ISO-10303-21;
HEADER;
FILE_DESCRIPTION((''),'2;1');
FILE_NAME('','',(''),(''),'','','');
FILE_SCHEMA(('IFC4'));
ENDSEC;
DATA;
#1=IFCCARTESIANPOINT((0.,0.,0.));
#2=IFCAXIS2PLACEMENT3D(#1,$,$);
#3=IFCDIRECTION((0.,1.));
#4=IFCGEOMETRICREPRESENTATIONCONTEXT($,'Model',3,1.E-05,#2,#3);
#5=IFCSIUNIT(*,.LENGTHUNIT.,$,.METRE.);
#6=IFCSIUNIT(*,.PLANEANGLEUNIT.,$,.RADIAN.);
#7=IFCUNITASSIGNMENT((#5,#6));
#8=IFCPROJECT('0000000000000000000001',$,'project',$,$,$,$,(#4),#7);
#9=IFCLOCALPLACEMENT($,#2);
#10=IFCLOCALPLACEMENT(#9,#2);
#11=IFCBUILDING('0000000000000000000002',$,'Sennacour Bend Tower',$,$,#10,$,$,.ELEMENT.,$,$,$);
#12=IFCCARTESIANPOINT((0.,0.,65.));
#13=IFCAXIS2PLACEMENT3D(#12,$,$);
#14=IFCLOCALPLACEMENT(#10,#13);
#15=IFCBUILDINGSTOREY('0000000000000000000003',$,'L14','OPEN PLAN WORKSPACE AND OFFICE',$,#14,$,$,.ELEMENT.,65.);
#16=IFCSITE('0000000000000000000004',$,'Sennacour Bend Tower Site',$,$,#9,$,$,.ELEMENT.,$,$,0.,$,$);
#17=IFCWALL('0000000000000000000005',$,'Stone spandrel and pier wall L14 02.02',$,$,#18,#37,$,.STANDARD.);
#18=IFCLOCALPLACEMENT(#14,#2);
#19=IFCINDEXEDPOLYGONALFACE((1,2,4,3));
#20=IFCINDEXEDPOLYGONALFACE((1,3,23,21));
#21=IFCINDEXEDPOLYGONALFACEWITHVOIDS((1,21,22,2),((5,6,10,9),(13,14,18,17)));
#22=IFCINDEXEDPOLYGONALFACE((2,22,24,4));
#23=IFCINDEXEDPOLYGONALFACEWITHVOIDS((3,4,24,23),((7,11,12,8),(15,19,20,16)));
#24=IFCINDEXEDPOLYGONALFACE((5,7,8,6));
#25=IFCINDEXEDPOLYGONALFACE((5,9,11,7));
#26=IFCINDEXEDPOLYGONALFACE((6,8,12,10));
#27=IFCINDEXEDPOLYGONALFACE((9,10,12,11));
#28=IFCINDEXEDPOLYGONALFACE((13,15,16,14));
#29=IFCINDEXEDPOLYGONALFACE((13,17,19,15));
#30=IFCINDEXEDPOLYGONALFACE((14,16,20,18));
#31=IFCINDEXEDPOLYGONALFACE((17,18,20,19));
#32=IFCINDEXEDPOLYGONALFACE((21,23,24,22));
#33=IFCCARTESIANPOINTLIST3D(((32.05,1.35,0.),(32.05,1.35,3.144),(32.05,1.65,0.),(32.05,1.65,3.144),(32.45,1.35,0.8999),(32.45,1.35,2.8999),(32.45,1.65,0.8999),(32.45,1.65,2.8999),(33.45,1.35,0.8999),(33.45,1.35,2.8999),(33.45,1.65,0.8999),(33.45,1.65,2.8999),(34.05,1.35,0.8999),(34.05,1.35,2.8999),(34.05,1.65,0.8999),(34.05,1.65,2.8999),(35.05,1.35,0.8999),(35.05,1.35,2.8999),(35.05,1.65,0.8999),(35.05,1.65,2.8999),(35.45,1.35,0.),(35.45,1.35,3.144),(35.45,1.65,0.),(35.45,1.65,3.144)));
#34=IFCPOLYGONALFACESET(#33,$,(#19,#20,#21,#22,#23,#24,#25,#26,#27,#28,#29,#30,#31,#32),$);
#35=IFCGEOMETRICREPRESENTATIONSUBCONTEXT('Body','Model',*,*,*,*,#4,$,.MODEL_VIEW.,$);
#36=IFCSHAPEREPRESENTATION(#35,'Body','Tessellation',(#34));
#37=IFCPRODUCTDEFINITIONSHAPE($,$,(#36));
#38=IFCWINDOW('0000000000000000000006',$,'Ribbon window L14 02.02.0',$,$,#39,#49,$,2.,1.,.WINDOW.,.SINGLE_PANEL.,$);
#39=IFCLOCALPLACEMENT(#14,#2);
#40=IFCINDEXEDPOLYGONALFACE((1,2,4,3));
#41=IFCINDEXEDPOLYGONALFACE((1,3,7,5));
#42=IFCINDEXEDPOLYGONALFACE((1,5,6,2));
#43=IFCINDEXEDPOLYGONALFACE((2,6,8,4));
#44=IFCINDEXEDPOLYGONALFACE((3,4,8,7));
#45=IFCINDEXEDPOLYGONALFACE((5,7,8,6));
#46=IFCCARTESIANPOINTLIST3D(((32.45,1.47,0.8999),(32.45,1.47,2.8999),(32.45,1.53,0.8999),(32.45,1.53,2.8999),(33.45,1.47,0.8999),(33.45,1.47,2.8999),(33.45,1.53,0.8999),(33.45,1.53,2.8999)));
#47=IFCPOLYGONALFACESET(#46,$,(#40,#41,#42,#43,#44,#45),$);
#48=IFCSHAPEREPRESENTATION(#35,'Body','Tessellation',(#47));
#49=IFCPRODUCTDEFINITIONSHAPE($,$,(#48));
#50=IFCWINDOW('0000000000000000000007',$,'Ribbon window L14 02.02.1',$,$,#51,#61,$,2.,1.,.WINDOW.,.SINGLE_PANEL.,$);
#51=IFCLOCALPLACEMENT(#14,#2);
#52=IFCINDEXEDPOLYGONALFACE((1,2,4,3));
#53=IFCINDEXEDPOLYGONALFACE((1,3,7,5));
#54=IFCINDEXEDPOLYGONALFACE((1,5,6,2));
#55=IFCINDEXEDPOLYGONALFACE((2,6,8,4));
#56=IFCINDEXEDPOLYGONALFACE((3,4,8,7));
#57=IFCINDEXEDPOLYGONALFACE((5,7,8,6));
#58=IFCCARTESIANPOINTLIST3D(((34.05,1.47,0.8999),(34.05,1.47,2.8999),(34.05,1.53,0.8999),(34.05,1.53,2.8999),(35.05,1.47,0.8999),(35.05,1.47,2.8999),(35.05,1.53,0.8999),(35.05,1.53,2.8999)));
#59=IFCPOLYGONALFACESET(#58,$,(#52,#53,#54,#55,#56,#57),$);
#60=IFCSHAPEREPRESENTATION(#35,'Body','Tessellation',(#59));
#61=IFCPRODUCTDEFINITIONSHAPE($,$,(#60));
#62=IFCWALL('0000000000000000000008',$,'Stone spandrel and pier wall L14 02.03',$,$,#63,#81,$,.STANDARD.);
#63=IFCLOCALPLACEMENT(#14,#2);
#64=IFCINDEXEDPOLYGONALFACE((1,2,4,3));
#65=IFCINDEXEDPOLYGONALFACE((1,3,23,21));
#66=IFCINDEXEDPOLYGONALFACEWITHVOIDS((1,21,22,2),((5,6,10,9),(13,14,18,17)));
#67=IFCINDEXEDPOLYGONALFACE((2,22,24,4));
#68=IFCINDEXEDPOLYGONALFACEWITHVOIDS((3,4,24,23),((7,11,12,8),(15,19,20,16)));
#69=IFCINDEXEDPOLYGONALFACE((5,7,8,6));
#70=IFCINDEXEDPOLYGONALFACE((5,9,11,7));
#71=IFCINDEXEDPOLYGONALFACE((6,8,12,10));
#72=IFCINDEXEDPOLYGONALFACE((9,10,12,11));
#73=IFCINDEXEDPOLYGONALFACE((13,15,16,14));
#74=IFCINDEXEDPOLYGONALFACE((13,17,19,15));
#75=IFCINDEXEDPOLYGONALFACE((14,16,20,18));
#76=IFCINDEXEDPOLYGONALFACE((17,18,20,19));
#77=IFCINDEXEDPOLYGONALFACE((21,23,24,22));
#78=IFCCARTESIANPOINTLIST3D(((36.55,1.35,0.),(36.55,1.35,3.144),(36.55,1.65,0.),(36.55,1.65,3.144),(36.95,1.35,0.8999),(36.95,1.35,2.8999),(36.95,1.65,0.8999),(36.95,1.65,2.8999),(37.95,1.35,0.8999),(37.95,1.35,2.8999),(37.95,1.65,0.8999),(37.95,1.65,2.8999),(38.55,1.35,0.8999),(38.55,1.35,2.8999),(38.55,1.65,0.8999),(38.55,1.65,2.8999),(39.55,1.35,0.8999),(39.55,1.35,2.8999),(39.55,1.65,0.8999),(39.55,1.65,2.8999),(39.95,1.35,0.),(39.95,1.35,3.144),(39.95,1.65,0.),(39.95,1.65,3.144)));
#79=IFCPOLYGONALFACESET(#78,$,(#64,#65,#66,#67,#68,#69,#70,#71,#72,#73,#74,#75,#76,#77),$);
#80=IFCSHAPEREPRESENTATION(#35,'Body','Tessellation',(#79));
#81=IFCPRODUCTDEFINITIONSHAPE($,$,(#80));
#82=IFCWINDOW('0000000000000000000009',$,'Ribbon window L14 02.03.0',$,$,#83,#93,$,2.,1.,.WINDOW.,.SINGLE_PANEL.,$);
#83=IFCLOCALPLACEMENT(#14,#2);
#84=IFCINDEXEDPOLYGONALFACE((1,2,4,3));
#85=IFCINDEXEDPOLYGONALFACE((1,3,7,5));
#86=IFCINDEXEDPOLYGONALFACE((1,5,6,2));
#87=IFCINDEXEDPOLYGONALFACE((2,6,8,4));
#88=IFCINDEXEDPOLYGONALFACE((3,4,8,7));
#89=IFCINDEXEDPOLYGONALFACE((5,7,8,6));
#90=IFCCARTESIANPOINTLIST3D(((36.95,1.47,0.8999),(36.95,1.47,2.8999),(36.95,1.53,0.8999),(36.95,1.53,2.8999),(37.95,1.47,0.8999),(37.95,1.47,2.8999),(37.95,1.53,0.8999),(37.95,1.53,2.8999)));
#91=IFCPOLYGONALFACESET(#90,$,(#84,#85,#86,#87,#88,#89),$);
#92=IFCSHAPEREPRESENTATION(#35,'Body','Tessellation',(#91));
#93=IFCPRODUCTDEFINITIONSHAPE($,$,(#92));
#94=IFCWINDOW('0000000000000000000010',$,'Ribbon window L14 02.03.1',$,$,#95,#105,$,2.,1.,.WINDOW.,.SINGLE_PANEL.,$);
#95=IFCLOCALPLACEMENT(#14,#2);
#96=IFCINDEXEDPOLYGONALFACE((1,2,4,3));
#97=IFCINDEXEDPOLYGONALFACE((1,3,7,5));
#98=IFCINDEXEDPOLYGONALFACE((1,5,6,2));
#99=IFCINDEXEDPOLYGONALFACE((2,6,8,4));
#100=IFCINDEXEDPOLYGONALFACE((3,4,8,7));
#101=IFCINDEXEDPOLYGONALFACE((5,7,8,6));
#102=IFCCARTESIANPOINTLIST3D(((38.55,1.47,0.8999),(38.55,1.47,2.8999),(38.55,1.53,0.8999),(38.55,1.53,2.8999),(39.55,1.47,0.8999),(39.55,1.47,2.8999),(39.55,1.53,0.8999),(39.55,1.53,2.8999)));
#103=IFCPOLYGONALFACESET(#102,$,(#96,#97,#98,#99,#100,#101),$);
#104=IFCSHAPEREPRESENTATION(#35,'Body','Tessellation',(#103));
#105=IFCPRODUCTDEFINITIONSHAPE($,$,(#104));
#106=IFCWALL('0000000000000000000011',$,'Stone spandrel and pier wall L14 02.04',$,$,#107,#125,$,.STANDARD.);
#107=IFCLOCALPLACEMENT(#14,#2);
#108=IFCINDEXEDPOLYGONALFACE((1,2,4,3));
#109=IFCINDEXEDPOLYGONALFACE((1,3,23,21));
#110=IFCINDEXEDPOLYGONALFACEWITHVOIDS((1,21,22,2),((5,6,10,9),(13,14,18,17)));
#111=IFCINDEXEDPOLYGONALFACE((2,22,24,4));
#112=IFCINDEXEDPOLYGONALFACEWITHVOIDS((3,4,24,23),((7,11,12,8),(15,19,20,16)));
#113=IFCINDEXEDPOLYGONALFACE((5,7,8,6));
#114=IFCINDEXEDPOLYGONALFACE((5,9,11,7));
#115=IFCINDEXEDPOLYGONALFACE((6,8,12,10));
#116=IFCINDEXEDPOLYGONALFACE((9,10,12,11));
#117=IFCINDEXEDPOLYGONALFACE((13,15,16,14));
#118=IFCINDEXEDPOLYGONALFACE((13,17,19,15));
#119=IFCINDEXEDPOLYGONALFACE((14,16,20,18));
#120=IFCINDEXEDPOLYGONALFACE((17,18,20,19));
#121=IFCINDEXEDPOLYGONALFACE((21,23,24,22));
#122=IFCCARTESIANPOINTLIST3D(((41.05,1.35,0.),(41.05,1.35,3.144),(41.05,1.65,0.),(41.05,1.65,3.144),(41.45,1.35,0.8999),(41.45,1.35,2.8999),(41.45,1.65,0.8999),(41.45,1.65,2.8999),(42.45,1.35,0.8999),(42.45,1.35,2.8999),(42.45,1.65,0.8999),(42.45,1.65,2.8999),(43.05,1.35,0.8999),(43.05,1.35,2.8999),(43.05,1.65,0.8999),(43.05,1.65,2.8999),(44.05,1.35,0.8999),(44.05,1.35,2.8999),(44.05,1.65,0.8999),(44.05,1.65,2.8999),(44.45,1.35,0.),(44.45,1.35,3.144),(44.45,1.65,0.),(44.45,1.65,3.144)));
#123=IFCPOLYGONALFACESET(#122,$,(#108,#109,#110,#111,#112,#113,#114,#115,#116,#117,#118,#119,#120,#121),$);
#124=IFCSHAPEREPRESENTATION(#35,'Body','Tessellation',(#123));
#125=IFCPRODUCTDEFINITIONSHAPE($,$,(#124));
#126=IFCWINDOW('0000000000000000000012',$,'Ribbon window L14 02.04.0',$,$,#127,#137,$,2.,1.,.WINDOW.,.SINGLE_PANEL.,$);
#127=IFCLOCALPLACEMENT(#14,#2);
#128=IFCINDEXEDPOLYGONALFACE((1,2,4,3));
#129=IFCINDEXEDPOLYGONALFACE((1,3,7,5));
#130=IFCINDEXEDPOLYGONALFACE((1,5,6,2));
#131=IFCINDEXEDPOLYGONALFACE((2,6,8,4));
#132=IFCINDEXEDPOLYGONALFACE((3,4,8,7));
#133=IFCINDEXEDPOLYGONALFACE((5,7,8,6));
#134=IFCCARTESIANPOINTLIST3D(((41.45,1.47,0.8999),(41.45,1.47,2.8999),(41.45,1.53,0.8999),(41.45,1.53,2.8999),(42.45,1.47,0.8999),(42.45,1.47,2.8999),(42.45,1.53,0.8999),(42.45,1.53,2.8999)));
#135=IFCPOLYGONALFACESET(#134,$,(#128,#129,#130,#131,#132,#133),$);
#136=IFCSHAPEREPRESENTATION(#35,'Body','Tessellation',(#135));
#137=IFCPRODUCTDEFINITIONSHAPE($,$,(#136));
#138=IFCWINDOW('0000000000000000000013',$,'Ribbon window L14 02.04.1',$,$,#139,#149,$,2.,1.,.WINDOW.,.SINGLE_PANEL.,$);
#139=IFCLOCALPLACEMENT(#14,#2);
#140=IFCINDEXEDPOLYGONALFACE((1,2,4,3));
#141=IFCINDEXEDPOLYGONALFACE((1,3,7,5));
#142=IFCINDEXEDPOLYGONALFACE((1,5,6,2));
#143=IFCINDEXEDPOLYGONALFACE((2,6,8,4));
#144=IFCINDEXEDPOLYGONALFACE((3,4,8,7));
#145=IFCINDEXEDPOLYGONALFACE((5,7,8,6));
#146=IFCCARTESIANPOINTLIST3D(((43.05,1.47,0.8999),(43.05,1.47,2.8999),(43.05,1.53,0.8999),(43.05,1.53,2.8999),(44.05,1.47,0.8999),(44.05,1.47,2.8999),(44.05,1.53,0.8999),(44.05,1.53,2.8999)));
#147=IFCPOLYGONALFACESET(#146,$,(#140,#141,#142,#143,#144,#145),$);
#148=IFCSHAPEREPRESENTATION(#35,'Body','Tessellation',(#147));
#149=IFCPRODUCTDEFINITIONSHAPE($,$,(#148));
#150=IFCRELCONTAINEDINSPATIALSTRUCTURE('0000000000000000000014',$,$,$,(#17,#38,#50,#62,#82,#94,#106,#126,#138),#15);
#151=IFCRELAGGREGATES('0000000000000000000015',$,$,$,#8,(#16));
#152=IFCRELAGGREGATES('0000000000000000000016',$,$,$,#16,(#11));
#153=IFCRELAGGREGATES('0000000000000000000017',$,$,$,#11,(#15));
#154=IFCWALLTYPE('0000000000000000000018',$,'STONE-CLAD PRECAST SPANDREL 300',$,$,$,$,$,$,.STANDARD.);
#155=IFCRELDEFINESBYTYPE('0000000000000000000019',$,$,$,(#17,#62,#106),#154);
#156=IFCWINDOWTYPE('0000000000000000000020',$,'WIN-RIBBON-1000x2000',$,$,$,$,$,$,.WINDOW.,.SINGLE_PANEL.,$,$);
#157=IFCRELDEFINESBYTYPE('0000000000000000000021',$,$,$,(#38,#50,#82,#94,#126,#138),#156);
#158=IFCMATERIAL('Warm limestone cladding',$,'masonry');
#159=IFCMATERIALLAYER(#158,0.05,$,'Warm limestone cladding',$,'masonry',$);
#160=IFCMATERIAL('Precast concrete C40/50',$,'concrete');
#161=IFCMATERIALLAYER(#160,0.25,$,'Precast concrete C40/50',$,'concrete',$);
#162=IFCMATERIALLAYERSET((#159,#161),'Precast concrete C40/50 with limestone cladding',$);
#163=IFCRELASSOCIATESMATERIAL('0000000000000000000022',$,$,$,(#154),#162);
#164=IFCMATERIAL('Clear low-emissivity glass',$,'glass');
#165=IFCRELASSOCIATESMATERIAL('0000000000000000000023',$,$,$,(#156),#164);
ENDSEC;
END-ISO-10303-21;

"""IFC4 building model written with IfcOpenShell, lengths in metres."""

from ifc_helpers import new_model, si_unit, direction, frame, frame_2d, origin, place, context, subcontext, project, spatial, rectangle, extrude, material, layer, layer_set, type_object, element, fill, save


model = new_model("IFC4")

# Units and contexts
model_context = context("Model", 3, precision=1e-05, world=origin(), true_north=direction((0.0, 1.0)))
body_context = subcontext(model_context, "Body", "Model", "MODEL_VIEW")
ifc_project = project(units=[si_unit("LENGTHUNIT", "METRE"), si_unit("PLANEANGLEUNIT", "RADIAN")], contexts=[model_context])

# Site, building, storey
site_placement = place(None, origin())
site = spatial("IfcSite", under=ifc_project, at=site_placement, Name="Sennacour Bend Tower Site", CompositionType="ELEMENT", RefElevation=0.0)
building_placement = place(site_placement, origin())
building = spatial("IfcBuilding", under=site, at=building_placement, Name="Sennacour Bend Tower", CompositionType="ELEMENT")
storey_placement = place(building_placement, frame((0.0, 0.0, 65.0)))
storey = spatial("IfcBuildingStorey", under=building, at=storey_placement, Name="L14", Description="OPEN PLAN WORKSPACE AND OFFICE", CompositionType="ELEMENT", Elevation=65.0)

# Walls, openings, windows
ifc_material_1 = material(Name="Warm limestone cladding", Category="masonry")
ifc_layer_1 = layer(ifc_material_1, 0.05, Name="Warm limestone cladding", Category="masonry")
ifc_material_2 = material(Name="Precast concrete C40/50", Category="concrete")
ifc_layer_2 = layer(ifc_material_2, 0.25, Name="Precast concrete C40/50", Category="concrete")
ifc_layer_set_1 = layer_set([ifc_layer_1, ifc_layer_2], Name="Precast concrete C40/50 with limestone cladding")
wall_type_1 = type_object("IfcWallType", Name="STONE-CLAD PRECAST SPANDREL 300", PredefinedType="STANDARD", material=ifc_layer_set_1)
wall_1_placement = place(storey_placement, frame((32.05, 1.5, 0.0), z_axis=(0.0, 0.0, 1.0), x_axis=(1.0, 0.0, 0.0)))
wall_1 = element("IfcWall", 1, at=wall_1_placement, inside=storey, type_object=wall_type_1, Name="Stone spandrel and pier wall L14 02.02", PredefinedType="STANDARD", context=body_context, shape_type="SweptSolid", body=[
    extrude(rectangle(XDim=3.3999, YDim=0.3, at=frame_2d((1.7, 0.0))), origin(), (0.0, 0.0, 1.0), 3.144),
])
opening_1_placement = place(wall_1_placement, frame((0.3999, 0.0, 0.8999)))
opening_1 = element("IfcOpeningElement", 2, at=opening_1_placement, cuts=wall_1, PredefinedType="OPENING", context=body_context, shape_type="SweptSolid", body=[
    extrude(rectangle(XDim=1.0, YDim=2.0, at=frame_2d((0.5, 1.0))), frame((0.0, 0.1602, 0.0), z_axis=(0.0, -1.0, 0.0), x_axis=(1.0, 0.0, 0.0)), (0.0, 0.0, 1.0), 0.3201),
])
opening_2_placement = place(wall_1_placement, frame((2.0, 0.0, 0.8999)))
opening_2 = element("IfcOpeningElement", 3, at=opening_2_placement, cuts=wall_1, PredefinedType="OPENING", context=body_context, shape_type="SweptSolid", body=[
    extrude(rectangle(XDim=1.0, YDim=2.0, at=frame_2d((0.5, 1.0))), frame((0.0, 0.1602, 0.0), z_axis=(0.0, -1.0, 0.0), x_axis=(1.0, 0.0, 0.0)), (0.0, 0.0, 1.0), 0.3201),
])
ifc_material_3 = material(Name="Clear low-emissivity glass", Category="glass")
window_type = type_object("IfcWindowType", Name="WIN-RIBBON-1000x2000", PartitioningType="SINGLE_PANEL", PredefinedType="WINDOW", material=ifc_material_3)
window_1_placement = place(opening_1_placement, origin())
window_1 = element("IfcWindow", 4, at=window_1_placement, inside=storey, type_object=window_type, Name="Ribbon window L14 02.02.0", OverallHeight=2.0, OverallWidth=1.0, PartitioningType="SINGLE_PANEL", PredefinedType="WINDOW", context=body_context, shape_type="SweptSolid", body=[
    extrude(rectangle(XDim=1.0, YDim=2.0, at=frame_2d((0.5, 1.0))), frame((0.0, 0.03, 0.0), z_axis=(0.0, -1.0, 0.0), x_axis=(1.0, 0.0, 0.0)), (0.0, 0.0, 1.0), 0.0601),
])
fill(opening_1, window_1)
window_2_placement = place(opening_2_placement, origin())
window_2 = element("IfcWindow", 5, at=window_2_placement, inside=storey, type_object=window_type, Name="Ribbon window L14 02.02.1", OverallHeight=2.0, OverallWidth=1.0, PartitioningType="SINGLE_PANEL", PredefinedType="WINDOW", context=body_context, shape_type="SweptSolid", body=[
    extrude(rectangle(XDim=1.0, YDim=2.0, at=frame_2d((0.5, 1.0))), frame((0.0, 0.03, 0.0), z_axis=(0.0, -1.0, 0.0), x_axis=(1.0, 0.0, 0.0)), (0.0, 0.0, 1.0), 0.0601),
])
fill(opening_2, window_2)
wall_2_placement = place(storey_placement, frame((36.55, 1.5, 0.0), z_axis=(0.0, 0.0, 1.0), x_axis=(1.0, 0.0, 0.0)))
wall_2 = element("IfcWall", 6, at=wall_2_placement, inside=storey, type_object=wall_type_1, Name="Stone spandrel and pier wall L14 02.03", PredefinedType="STANDARD", context=body_context, shape_type="SweptSolid", body=[
    extrude(rectangle(XDim=3.3999, YDim=0.3, at=frame_2d((1.7, 0.0))), origin(), (0.0, 0.0, 1.0), 3.144),
])
opening_3_placement = place(wall_2_placement, frame((0.3999, 0.0, 0.8999)))
opening_3 = element("IfcOpeningElement", 7, at=opening_3_placement, cuts=wall_2, PredefinedType="OPENING", context=body_context, shape_type="SweptSolid", body=[
    extrude(rectangle(XDim=1.0, YDim=2.0, at=frame_2d((0.5, 1.0))), frame((0.0, 0.1602, 0.0), z_axis=(0.0, -1.0, 0.0), x_axis=(1.0, 0.0, 0.0)), (0.0, 0.0, 1.0), 0.3201),
])
opening_4_placement = place(wall_2_placement, frame((2.0, 0.0, 0.8999)))
opening_4 = element("IfcOpeningElement", 8, at=opening_4_placement, cuts=wall_2, PredefinedType="OPENING", context=body_context, shape_type="SweptSolid", body=[
    extrude(rectangle(XDim=1.0, YDim=2.0, at=frame_2d((0.5, 1.0))), frame((0.0, 0.1602, 0.0), z_axis=(0.0, -1.0, 0.0), x_axis=(1.0, 0.0, 0.0)), (0.0, 0.0, 1.0), 0.3201),
])
window_3_placement = place(opening_3_placement, origin())
window_3 = element("IfcWindow", 9, at=window_3_placement, inside=storey, type_object=window_type, Name="Ribbon window L14 02.03.0", OverallHeight=2.0, OverallWidth=1.0, PartitioningType="SINGLE_PANEL", PredefinedType="WINDOW", context=body_context, shape_type="SweptSolid", body=[
    extrude(rectangle(XDim=1.0, YDim=2.0, at=frame_2d((0.5, 1.0))), frame((0.0, 0.03, 0.0), z_axis=(0.0, -1.0, 0.0), x_axis=(1.0, 0.0, 0.0)), (0.0, 0.0, 1.0), 0.0601),
])
fill(opening_3, window_3)
window_4_placement = place(opening_4_placement, origin())
window_4 = element("IfcWindow", 10, at=window_4_placement, inside=storey, type_object=window_type, Name="Ribbon window L14 02.03.1", OverallHeight=2.0, OverallWidth=1.0, PartitioningType="SINGLE_PANEL", PredefinedType="WINDOW", context=body_context, shape_type="SweptSolid", body=[
    extrude(rectangle(XDim=1.0, YDim=2.0, at=frame_2d((0.5, 1.0))), frame((0.0, 0.03, 0.0), z_axis=(0.0, -1.0, 0.0), x_axis=(1.0, 0.0, 0.0)), (0.0, 0.0, 1.0), 0.0601),
])
fill(opening_4, window_4)
wall_3_placement = place(storey_placement, frame((41.05, 1.5, 0.0), z_axis=(0.0, 0.0, 1.0), x_axis=(1.0, 0.0, 0.0)))
wall_3 = element("IfcWall", 11, at=wall_3_placement, inside=storey, type_object=wall_type_1, Name="Stone spandrel and pier wall L14 02.04", PredefinedType="STANDARD", context=body_context, shape_type="SweptSolid", body=[
    extrude(rectangle(XDim=3.3999, YDim=0.3, at=frame_2d((1.7, 0.0))), origin(), (0.0, 0.0, 1.0), 3.144),
])
opening_5_placement = place(wall_3_placement, frame((0.3999, 0.0, 0.8999)))
opening_5 = element("IfcOpeningElement", 12, at=opening_5_placement, cuts=wall_3, PredefinedType="OPENING", context=body_context, shape_type="SweptSolid", body=[
    extrude(rectangle(XDim=1.0, YDim=2.0, at=frame_2d((0.5, 1.0))), frame((0.0, 0.1602, 0.0), z_axis=(0.0, -1.0, 0.0), x_axis=(1.0, 0.0, 0.0)), (0.0, 0.0, 1.0), 0.3201),
])
opening_6_placement = place(wall_3_placement, frame((2.0, 0.0, 0.8999)))
opening_6 = element("IfcOpeningElement", 13, at=opening_6_placement, cuts=wall_3, PredefinedType="OPENING", context=body_context, shape_type="SweptSolid", body=[
    extrude(rectangle(XDim=1.0, YDim=2.0, at=frame_2d((0.5, 1.0))), frame((0.0, 0.1602, 0.0), z_axis=(0.0, -1.0, 0.0), x_axis=(1.0, 0.0, 0.0)), (0.0, 0.0, 1.0), 0.3201),
])
window_5_placement = place(opening_5_placement, origin())
window_5 = element("IfcWindow", 14, at=window_5_placement, inside=storey, type_object=window_type, Name="Ribbon window L14 02.04.0", OverallHeight=2.0, OverallWidth=1.0, PartitioningType="SINGLE_PANEL", PredefinedType="WINDOW", context=body_context, shape_type="SweptSolid", body=[
    extrude(rectangle(XDim=1.0, YDim=2.0, at=frame_2d((0.5, 1.0))), frame((0.0, 0.03, 0.0), z_axis=(0.0, -1.0, 0.0), x_axis=(1.0, 0.0, 0.0)), (0.0, 0.0, 1.0), 0.0601),
])
fill(opening_5, window_5)
window_6_placement = place(opening_6_placement, origin())
window_6 = element("IfcWindow", 15, at=window_6_placement, inside=storey, type_object=window_type, Name="Ribbon window L14 02.04.1", OverallHeight=2.0, OverallWidth=1.0, PartitioningType="SINGLE_PANEL", PredefinedType="WINDOW", context=body_context, shape_type="SweptSolid", body=[
    extrude(rectangle(XDim=1.0, YDim=2.0, at=frame_2d((0.5, 1.0))), frame((0.0, 0.03, 0.0), z_axis=(0.0, -1.0, 0.0), x_axis=(1.0, 0.0, 0.0)), (0.0, 0.0, 1.0), 0.0601),
])
fill(opening_6, window_6)

save(model, "model.ifc")
